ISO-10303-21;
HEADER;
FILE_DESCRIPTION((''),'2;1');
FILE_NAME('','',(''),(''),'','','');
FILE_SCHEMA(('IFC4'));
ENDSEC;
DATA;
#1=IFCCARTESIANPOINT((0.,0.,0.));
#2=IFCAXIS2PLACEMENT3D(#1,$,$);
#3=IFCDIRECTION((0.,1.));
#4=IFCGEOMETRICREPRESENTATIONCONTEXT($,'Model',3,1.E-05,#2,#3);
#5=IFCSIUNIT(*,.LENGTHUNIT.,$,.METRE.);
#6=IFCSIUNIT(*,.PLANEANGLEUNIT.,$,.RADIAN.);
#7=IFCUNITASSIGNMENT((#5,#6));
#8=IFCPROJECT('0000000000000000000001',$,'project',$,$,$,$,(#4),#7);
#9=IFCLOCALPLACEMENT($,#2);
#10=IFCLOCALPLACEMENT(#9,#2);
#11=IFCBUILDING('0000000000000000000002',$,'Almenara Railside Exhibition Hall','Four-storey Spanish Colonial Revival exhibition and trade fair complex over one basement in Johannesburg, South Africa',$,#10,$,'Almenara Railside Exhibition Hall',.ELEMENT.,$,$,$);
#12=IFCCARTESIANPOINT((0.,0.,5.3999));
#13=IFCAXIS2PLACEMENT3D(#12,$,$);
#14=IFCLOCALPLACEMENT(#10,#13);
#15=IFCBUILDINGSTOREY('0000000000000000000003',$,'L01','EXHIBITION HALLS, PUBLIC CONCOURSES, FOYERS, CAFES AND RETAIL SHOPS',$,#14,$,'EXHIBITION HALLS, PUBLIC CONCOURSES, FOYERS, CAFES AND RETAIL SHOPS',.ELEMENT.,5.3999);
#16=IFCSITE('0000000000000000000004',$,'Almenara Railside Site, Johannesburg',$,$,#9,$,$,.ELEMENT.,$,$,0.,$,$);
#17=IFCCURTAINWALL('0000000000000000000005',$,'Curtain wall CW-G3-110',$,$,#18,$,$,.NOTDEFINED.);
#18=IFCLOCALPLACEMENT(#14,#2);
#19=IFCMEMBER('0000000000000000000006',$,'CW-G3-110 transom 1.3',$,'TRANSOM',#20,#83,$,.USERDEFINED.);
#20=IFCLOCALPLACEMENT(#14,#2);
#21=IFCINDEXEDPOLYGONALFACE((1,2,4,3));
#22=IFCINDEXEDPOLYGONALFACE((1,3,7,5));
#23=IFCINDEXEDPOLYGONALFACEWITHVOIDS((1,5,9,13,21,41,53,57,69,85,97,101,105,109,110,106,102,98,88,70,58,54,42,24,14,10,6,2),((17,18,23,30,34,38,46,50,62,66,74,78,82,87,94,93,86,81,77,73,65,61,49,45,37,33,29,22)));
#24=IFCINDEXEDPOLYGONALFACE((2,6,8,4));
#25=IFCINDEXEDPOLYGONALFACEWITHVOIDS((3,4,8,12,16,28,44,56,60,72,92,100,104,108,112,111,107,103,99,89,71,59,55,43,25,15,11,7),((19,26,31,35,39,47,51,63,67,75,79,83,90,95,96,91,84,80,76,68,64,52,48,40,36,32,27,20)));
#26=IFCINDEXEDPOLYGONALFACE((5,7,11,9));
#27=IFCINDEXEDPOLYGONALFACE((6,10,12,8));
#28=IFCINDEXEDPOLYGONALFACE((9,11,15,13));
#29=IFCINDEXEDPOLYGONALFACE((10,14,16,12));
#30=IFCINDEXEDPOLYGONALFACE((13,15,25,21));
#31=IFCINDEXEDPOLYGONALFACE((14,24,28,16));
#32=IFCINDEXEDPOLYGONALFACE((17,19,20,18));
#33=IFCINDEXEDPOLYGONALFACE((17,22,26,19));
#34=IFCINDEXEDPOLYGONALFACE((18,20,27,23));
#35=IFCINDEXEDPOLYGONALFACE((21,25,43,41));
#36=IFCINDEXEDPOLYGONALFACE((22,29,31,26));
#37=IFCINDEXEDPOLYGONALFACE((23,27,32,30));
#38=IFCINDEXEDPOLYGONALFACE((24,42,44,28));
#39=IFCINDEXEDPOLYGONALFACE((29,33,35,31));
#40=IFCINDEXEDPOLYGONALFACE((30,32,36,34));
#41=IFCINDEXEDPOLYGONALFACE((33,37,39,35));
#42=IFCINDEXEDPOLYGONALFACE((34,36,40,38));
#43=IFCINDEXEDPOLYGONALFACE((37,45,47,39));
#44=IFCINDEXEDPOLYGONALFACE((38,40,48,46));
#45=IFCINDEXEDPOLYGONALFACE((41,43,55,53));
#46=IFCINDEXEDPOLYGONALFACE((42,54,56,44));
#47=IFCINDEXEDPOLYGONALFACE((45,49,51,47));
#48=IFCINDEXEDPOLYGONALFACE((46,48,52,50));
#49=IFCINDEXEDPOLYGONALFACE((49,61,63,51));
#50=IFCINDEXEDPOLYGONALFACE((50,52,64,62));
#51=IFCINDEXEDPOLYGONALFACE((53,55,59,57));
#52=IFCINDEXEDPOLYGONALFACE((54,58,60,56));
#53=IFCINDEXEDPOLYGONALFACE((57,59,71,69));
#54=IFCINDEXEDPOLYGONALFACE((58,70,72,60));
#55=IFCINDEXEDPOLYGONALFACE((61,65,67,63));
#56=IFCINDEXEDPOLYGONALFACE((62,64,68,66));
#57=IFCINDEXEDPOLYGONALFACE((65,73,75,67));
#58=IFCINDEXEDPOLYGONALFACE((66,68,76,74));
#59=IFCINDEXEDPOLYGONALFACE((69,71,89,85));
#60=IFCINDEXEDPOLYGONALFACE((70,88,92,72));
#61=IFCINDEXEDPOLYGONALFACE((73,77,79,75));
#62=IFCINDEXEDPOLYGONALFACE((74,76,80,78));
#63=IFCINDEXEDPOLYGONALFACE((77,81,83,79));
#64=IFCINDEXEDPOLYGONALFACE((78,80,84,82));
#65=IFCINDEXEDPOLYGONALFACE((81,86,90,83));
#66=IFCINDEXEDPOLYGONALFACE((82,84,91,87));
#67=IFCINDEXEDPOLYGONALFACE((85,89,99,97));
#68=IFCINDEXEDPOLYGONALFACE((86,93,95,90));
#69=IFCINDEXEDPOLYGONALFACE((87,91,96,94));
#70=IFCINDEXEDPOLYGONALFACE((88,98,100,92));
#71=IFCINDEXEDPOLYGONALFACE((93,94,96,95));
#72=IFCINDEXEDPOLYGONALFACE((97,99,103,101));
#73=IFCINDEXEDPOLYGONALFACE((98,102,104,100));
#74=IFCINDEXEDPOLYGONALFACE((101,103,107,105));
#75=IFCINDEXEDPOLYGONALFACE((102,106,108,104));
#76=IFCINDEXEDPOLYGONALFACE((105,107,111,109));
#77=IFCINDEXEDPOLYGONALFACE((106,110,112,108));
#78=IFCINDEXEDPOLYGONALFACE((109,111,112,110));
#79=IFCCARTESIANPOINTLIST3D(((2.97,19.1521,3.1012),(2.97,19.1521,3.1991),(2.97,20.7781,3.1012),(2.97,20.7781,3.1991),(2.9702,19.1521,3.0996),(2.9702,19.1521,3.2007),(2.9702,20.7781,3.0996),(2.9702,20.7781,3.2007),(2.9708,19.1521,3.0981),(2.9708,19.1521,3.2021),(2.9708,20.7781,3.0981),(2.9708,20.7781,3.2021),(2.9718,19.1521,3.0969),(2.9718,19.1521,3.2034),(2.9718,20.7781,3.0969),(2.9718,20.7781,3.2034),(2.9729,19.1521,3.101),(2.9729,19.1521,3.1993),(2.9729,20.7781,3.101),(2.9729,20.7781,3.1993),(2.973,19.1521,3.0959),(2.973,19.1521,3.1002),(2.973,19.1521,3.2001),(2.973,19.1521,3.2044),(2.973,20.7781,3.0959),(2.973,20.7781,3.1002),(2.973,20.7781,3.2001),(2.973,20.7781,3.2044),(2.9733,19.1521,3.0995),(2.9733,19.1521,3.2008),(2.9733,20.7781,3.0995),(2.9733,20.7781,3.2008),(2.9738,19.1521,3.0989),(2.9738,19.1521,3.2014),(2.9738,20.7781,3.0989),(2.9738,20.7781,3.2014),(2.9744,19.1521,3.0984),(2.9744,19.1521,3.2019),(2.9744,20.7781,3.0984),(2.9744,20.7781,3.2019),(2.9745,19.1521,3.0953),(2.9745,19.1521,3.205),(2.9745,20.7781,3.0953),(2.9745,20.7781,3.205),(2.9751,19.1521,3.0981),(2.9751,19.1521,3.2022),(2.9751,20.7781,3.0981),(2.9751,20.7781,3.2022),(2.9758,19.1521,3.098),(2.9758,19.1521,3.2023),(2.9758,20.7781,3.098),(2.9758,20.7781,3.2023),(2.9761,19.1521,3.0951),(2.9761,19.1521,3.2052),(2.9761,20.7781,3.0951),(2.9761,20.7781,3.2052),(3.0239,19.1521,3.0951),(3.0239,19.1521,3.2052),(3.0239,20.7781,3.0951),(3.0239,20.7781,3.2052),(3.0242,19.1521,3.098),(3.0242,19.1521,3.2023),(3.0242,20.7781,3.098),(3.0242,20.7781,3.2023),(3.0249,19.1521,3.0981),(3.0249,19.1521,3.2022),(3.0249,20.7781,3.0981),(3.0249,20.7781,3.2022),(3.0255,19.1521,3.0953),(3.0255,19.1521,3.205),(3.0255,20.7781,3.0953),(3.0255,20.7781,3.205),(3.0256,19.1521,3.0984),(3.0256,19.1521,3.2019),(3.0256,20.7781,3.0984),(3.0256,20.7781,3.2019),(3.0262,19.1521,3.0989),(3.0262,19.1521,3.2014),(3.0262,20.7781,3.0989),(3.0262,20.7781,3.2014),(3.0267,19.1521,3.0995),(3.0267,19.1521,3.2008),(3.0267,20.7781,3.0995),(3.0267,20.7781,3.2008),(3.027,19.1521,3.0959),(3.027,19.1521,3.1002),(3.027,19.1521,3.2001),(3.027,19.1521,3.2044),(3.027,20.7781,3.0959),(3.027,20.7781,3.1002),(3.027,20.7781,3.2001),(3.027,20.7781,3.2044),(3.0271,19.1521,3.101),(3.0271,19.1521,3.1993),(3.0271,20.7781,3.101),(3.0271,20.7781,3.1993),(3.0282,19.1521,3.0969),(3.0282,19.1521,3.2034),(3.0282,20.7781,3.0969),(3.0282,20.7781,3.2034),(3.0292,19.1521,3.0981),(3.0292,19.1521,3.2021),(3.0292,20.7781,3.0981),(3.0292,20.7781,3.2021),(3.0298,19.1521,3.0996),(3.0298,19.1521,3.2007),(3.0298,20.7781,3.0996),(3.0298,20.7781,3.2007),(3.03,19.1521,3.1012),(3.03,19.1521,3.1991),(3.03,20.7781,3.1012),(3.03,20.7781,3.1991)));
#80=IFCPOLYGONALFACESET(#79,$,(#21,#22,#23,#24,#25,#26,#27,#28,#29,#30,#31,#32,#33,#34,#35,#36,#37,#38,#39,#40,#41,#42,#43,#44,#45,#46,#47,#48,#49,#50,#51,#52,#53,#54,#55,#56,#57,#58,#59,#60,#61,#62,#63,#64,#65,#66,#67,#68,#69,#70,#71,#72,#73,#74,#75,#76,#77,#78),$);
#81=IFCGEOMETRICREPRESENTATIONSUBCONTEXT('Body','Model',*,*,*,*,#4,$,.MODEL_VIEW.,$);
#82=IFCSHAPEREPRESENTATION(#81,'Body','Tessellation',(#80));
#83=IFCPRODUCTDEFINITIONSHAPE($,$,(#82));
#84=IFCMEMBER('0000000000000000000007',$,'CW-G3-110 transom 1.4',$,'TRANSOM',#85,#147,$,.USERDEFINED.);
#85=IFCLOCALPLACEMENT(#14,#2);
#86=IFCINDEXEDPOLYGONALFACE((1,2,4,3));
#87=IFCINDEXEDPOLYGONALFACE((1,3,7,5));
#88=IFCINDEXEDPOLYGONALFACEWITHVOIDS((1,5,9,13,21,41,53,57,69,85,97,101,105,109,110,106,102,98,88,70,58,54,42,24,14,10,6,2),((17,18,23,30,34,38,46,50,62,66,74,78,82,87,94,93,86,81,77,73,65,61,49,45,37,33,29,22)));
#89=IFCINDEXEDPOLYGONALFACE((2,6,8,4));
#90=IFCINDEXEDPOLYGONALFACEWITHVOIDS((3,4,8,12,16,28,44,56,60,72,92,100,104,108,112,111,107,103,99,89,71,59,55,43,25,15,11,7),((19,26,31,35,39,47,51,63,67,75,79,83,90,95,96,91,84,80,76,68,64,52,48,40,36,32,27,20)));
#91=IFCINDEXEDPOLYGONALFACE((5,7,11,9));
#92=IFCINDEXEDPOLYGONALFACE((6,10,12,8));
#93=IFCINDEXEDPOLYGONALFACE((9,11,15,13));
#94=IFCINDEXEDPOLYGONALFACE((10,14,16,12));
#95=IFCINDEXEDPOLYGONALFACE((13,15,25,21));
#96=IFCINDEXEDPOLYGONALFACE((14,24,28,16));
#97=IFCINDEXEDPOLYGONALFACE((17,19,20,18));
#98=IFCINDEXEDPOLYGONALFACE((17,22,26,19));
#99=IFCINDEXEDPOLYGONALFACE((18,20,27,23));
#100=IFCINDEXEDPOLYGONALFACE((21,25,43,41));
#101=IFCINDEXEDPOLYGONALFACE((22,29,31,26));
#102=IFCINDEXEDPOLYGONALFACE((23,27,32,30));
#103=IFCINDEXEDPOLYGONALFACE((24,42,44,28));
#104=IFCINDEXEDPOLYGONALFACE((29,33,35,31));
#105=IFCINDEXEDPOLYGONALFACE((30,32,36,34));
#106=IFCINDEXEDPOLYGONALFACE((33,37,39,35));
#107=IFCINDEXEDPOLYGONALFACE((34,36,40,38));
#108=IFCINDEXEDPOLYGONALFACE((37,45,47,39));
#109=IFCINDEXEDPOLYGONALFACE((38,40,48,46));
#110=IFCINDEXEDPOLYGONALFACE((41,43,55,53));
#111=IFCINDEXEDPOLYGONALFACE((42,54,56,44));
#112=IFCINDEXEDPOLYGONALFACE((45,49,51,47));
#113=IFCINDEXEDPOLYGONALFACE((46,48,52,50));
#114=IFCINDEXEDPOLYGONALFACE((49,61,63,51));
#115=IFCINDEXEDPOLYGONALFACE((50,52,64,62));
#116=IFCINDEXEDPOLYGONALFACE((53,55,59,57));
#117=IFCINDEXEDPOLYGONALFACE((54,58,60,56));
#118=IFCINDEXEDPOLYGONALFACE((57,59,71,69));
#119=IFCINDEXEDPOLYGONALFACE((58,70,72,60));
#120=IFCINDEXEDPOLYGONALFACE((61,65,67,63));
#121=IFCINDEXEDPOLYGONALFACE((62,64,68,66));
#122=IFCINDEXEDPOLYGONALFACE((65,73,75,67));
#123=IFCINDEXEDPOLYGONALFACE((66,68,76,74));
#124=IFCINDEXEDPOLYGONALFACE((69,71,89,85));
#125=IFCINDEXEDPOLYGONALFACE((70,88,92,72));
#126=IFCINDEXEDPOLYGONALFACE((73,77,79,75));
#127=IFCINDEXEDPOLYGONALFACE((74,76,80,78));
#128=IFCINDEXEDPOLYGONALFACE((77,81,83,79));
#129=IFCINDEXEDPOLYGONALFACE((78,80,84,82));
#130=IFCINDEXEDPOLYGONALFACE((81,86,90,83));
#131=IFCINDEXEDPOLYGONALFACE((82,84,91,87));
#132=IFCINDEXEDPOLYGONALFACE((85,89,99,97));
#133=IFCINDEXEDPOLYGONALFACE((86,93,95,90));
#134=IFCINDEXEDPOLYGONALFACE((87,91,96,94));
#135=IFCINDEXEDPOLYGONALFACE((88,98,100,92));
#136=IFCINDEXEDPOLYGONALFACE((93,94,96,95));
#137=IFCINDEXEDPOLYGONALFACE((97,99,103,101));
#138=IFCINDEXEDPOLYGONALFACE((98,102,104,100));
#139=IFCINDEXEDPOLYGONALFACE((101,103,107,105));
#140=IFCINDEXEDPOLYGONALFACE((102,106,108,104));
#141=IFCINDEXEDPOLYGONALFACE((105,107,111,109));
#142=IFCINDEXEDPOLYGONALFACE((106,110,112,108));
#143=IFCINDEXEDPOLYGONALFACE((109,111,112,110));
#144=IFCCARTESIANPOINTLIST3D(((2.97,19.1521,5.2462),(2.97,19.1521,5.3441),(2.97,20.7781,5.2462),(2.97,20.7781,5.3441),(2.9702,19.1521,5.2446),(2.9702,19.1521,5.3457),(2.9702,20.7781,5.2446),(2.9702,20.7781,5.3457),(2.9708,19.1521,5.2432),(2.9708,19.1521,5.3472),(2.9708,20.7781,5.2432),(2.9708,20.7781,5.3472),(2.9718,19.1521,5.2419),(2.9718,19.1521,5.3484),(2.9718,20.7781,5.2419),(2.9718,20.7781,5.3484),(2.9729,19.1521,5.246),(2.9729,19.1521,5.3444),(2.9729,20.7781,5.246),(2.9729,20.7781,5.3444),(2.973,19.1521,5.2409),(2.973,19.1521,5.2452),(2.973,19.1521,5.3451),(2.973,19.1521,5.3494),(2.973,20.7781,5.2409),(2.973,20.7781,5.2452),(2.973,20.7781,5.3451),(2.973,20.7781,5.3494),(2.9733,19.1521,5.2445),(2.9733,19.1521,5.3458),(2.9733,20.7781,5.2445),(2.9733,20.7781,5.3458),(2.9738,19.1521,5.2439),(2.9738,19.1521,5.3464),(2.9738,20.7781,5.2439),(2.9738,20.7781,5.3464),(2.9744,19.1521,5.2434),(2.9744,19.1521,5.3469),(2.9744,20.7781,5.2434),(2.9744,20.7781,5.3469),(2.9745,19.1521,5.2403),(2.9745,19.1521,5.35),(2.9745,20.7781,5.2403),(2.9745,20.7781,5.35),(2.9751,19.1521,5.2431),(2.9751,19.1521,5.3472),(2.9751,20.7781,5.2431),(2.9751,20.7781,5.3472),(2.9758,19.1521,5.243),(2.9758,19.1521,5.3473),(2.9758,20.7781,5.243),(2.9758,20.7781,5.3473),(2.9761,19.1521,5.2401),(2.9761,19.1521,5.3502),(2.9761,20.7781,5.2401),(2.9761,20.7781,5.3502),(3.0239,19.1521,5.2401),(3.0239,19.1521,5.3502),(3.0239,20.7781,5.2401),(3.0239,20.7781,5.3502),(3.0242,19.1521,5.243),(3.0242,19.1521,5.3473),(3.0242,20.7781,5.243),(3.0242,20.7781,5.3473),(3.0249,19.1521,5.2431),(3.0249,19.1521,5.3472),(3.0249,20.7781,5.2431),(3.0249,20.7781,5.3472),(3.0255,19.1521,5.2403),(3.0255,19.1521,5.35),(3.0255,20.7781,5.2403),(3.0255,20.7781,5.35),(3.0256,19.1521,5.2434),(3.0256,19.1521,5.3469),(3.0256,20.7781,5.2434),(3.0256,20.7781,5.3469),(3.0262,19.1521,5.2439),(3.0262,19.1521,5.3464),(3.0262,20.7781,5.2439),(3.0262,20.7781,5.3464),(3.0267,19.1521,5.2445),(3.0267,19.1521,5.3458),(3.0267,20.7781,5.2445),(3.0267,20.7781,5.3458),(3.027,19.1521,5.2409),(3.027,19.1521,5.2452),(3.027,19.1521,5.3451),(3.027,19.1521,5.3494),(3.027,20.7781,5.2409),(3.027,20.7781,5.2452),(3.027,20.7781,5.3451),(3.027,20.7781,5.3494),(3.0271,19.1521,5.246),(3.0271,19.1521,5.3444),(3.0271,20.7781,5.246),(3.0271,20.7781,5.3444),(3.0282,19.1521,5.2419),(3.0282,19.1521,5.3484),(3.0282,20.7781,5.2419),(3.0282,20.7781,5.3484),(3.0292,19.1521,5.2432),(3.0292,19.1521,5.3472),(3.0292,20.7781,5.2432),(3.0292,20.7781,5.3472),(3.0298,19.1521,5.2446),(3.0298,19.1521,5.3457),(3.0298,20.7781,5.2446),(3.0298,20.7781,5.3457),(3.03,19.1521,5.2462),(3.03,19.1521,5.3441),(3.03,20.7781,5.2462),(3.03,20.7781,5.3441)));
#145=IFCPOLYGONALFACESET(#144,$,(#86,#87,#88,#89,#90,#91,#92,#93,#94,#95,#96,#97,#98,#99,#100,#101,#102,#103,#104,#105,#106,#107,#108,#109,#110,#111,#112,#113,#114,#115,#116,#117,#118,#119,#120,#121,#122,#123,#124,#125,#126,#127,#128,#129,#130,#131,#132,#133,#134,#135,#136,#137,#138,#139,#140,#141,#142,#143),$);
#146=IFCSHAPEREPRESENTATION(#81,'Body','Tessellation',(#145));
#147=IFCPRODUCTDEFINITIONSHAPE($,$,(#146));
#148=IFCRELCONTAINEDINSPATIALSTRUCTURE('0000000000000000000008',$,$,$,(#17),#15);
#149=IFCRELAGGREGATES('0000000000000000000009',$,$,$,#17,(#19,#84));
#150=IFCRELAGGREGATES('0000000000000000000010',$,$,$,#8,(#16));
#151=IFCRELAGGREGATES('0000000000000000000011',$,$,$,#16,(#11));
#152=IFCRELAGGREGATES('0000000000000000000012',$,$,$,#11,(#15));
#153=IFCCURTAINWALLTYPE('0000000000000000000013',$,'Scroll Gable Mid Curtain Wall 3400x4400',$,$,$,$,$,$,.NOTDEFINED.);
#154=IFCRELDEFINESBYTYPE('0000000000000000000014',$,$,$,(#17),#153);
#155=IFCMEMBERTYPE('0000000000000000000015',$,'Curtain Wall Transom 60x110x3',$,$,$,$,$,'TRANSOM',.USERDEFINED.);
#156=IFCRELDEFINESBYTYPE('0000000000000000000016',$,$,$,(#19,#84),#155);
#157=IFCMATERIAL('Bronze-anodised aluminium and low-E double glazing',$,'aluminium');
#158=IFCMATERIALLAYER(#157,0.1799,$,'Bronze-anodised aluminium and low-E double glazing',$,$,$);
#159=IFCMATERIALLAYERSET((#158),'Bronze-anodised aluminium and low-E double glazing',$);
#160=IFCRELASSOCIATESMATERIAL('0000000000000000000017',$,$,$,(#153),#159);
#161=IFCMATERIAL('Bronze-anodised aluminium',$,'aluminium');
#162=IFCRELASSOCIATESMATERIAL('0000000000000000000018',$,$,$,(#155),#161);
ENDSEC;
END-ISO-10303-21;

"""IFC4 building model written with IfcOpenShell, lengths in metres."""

from ifc_helpers import new_model, si_unit, direction, frame, origin, origin_2d, place, context, subcontext, project, spatial, hollow_rectangle, extrude, material, layer, layer_set, material_profile, profile_set, type_object, element, aggregate, save


model = new_model("IFC4")

# Units and contexts
model_context = context("Model", 3, precision=1e-05, world=origin(), true_north=direction((0.0, 1.0)))
body_context = subcontext(model_context, "Body", "Model", "MODEL_VIEW")
ifc_project = project(units=[si_unit("LENGTHUNIT", "METRE"), si_unit("PLANEANGLEUNIT", "RADIAN")], contexts=[model_context])

# Site, building, storey
site_placement = place(None, origin())
site = spatial("IfcSite", under=ifc_project, at=site_placement, Name="Almenara Railside Site, Johannesburg", CompositionType="ELEMENT", RefElevation=0.0)
building_placement = place(site_placement, origin())
building = spatial("IfcBuilding", under=site, at=building_placement, Name="Almenara Railside Exhibition Hall", Description="Four-storey Spanish Colonial Revival exhibition and trade fair complex over one basement in Johannesburg, South Africa", LongName="Almenara Railside Exhibition Hall", CompositionType="ELEMENT")
storey_placement = place(building_placement, frame((0.0, 0.0, 5.3999)))
storey = spatial("IfcBuildingStorey", under=building, at=storey_placement, Name="L01", Description="EXHIBITION HALLS, PUBLIC CONCOURSES, FOYERS, CAFES AND RETAIL SHOPS", LongName="EXHIBITION HALLS, PUBLIC CONCOURSES, FOYERS, CAFES AND RETAIL SHOPS", CompositionType="ELEMENT", Elevation=5.3999)

# Curtain wall
ifc_material_1 = material(Name="Bronze-anodised aluminium and low-E double glazing", Category="aluminium")
ifc_layer_1 = layer(ifc_material_1, 0.1799, Name="Bronze-anodised aluminium and low-E double glazing")
ifc_layer_set_1 = layer_set([ifc_layer_1], Name="Bronze-anodised aluminium and low-E double glazing")
curtain_wall_type = type_object("IfcCurtainWallType", Name="Scroll Gable Mid Curtain Wall 3400x4400", PredefinedType="NOTDEFINED", material=ifc_layer_set_1)
curtain_wall_1_placement = place(storey_placement, origin())
curtain_wall_1 = element("IfcCurtainWall", 1, at=curtain_wall_1_placement, inside=storey, type_object=curtain_wall_type, Name="Curtain wall CW-G3-110", PredefinedType="NOTDEFINED")
ifc_material_2 = material(Name="Bronze-anodised aluminium", Category="aluminium")

# Members
ifc_material_profile_1 = material_profile(ifc_material_2, hollow_rectangle(XDim=0.0601, YDim=0.1101, WallThickness=0.0029, InnerFilletRadius=0.0029, OuterFilletRadius=0.0061, at=origin_2d()), Name="ALU-TRN 60x110x3")
ifc_profile_set_1 = profile_set([ifc_material_profile_1], Name="Bronze-anodised aluminium")
member_type_1 = type_object("IfcMemberType", Name="Curtain Wall Transom 60x110x3", ElementType="TRANSOM", PredefinedType="USERDEFINED", material=ifc_profile_set_1)
member_1_placement = place(storey_placement, frame((3.0, 19.1521, 3.1501), z_axis=(0.0, 1.0, 0.0), x_axis=(-1.0, 0.0, 0.0)))
member_1 = element("IfcMember", 2, at=member_1_placement, type_object=member_type_1, Name="CW-G3-110 transom 1.3", ObjectType="TRANSOM", PredefinedType="USERDEFINED", context=body_context, shape_type="SweptSolid", body=[
    extrude(hollow_rectangle(XDim=0.0601, YDim=0.1101, WallThickness=0.0029, InnerFilletRadius=0.0029, OuterFilletRadius=0.0061, at=origin_2d()), origin(), (0.0, 0.0, 1.0), 1.626),
])
member_2_placement = place(storey_placement, frame((3.0, 19.1521, 5.2952), z_axis=(0.0, 1.0, 0.0), x_axis=(-1.0, 0.0, 0.0)))
member_2 = element("IfcMember", 3, at=member_2_placement, type_object=member_type_1, Name="CW-G3-110 transom 1.4", ObjectType="TRANSOM", PredefinedType="USERDEFINED", context=body_context, shape_type="SweptSolid", body=[
    extrude(hollow_rectangle(XDim=0.0601, YDim=0.1101, WallThickness=0.0029, InnerFilletRadius=0.0029, OuterFilletRadius=0.0061, at=origin_2d()), origin(), (0.0, 0.0, 1.0), 1.626),
])

aggregate(curtain_wall_1, [member_1, member_2])

save(model, "model.ifc")
